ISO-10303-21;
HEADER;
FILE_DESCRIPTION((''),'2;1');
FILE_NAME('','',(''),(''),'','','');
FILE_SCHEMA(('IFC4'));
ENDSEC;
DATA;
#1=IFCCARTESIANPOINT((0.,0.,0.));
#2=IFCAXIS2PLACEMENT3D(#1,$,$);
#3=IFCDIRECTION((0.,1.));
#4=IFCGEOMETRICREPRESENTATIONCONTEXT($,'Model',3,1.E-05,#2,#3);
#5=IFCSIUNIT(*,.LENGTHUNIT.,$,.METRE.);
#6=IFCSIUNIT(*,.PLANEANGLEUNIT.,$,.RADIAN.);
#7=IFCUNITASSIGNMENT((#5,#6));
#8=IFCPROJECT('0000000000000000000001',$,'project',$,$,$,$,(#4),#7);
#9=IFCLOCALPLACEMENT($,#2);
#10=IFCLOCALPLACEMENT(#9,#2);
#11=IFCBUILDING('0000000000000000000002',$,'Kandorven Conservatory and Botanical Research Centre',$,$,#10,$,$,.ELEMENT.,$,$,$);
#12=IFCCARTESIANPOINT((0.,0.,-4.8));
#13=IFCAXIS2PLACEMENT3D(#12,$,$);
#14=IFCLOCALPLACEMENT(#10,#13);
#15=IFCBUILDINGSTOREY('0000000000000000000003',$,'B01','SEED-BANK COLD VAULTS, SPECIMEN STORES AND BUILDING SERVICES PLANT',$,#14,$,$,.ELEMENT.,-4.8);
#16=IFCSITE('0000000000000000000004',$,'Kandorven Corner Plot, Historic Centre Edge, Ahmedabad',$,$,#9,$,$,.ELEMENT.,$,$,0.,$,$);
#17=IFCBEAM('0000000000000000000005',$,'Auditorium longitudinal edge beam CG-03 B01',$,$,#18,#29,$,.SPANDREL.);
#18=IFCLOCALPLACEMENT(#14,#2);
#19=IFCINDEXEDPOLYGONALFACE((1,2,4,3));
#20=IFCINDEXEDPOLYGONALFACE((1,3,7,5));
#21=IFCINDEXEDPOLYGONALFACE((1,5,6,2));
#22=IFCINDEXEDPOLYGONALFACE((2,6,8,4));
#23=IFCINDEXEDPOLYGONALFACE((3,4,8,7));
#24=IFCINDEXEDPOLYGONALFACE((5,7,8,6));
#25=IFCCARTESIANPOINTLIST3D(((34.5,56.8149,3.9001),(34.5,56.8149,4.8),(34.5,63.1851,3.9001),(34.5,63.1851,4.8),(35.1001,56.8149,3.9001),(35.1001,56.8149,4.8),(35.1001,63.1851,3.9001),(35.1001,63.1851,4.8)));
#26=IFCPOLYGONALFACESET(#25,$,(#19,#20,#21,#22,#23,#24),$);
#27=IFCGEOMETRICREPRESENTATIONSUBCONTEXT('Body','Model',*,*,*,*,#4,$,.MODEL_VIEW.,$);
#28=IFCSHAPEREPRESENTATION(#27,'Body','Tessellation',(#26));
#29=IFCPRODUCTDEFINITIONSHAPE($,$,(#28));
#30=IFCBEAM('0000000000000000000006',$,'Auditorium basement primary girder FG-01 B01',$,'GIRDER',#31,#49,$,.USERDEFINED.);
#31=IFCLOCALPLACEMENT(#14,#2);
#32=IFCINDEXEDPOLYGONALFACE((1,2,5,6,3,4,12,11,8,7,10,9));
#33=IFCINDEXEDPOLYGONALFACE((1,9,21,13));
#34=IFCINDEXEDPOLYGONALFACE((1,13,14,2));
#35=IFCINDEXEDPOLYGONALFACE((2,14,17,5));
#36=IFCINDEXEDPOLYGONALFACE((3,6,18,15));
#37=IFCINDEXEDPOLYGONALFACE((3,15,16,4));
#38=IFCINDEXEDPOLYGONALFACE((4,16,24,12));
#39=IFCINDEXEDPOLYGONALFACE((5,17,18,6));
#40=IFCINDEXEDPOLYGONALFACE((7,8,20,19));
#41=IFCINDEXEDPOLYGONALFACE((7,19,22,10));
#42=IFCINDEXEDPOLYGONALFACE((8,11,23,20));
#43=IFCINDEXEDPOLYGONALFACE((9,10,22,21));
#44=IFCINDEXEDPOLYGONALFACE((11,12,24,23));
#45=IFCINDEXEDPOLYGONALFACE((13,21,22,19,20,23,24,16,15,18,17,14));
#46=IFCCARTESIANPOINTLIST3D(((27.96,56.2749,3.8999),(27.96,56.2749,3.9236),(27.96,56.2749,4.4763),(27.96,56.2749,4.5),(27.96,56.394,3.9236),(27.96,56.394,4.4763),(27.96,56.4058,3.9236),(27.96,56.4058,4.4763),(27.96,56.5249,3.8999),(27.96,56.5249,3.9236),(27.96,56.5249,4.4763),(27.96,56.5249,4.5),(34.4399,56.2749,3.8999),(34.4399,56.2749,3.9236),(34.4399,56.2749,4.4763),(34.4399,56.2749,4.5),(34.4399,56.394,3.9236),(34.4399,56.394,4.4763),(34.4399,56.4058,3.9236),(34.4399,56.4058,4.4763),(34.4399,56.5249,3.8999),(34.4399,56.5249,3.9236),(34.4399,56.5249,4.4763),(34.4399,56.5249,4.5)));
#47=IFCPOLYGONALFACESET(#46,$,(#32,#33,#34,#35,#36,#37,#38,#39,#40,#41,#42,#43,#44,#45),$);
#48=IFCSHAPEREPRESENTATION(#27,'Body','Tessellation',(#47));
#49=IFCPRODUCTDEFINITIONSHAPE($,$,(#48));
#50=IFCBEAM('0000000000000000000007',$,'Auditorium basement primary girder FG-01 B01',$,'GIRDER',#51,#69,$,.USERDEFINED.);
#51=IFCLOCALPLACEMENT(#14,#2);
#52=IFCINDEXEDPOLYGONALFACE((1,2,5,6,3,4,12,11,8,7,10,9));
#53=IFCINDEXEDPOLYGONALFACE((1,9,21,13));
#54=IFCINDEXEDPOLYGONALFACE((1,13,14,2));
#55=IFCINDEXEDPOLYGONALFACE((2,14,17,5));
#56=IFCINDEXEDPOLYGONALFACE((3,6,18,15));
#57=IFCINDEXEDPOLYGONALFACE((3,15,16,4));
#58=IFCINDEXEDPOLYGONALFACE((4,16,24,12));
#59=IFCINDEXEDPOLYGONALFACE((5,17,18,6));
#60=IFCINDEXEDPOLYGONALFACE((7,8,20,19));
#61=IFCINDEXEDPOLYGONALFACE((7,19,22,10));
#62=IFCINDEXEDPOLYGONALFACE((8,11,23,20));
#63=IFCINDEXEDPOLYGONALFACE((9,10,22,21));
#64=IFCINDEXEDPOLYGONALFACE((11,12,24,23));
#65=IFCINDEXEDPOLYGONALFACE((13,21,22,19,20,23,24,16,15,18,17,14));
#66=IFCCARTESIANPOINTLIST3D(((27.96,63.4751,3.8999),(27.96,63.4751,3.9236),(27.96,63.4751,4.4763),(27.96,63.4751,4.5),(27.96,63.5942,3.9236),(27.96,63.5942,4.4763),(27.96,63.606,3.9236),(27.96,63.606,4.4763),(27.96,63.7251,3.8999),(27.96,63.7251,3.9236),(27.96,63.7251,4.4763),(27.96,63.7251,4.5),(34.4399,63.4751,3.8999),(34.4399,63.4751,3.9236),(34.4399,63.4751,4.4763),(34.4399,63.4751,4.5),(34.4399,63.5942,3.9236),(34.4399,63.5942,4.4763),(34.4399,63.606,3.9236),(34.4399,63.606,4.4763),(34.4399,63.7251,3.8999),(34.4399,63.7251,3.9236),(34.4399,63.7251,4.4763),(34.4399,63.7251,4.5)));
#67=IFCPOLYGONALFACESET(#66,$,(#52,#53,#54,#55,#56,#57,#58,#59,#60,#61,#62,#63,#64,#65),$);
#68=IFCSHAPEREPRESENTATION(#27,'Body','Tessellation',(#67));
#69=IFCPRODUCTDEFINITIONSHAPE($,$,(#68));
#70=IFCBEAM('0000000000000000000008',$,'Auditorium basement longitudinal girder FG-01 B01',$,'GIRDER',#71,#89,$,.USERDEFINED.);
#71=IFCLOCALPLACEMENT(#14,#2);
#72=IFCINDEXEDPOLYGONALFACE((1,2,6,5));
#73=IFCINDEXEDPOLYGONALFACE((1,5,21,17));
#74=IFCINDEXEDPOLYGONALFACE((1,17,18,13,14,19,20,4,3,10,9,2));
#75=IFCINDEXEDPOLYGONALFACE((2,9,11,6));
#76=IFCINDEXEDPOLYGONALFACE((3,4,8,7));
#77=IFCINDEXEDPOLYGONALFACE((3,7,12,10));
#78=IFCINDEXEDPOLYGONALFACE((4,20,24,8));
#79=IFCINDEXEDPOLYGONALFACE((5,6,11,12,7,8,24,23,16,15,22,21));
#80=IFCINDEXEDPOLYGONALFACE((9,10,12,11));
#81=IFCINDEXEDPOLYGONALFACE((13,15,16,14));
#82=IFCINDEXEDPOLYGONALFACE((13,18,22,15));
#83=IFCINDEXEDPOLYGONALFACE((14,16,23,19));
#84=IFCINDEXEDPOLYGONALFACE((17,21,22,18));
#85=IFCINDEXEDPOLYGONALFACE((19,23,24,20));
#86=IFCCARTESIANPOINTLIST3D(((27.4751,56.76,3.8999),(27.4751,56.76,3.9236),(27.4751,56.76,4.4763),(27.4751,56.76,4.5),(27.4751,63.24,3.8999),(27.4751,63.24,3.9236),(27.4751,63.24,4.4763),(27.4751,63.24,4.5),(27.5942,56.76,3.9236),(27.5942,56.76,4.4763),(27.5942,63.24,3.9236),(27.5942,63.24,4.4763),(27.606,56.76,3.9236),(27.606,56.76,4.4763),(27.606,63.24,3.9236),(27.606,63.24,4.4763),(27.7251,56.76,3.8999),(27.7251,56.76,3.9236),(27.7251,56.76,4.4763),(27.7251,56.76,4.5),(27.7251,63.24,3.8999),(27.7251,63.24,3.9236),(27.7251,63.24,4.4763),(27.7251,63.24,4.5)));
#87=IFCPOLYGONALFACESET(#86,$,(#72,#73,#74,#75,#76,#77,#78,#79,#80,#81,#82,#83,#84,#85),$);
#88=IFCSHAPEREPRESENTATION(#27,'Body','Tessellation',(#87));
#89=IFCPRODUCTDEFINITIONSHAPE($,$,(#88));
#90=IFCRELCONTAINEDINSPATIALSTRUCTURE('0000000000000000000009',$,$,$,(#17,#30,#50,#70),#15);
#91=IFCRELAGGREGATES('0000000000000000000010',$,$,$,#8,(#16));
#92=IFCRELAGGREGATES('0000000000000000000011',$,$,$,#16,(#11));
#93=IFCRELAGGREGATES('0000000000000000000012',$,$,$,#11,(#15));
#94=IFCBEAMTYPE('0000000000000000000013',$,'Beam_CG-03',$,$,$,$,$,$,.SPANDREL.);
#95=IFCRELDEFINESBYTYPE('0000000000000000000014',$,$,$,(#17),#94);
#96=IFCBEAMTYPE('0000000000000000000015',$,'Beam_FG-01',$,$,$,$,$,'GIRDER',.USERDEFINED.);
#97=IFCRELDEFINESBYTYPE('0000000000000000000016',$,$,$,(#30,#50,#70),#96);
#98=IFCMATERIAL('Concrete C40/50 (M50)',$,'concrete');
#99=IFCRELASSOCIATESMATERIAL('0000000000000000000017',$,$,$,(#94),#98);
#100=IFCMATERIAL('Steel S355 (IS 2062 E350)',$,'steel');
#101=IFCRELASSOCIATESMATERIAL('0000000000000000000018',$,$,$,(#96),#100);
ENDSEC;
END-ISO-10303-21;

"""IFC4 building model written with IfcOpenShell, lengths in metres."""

from ifc_helpers import new_model, si_unit, direction, frame, origin, origin_2d, place, context, subcontext, project, spatial, rectangle, i_section, extrude, material, material_profile, profile_set, type_object, element, save


model = new_model("IFC4")

# Units and contexts
model_context = context("Model", 3, precision=1e-05, world=origin(), true_north=direction((0.0, 1.0)))
body_context = subcontext(model_context, "Body", "Model", "MODEL_VIEW")
ifc_project = project(units=[si_unit("LENGTHUNIT", "METRE"), si_unit("PLANEANGLEUNIT", "RADIAN")], contexts=[model_context])

# Site, building, storey
site_placement = place(None, origin())
site = spatial("IfcSite", under=ifc_project, at=site_placement, Name="Kandorven Corner Plot, Historic Centre Edge, Ahmedabad", CompositionType="ELEMENT", RefElevation=0.0)
building_placement = place(site_placement, origin())
building = spatial("IfcBuilding", under=site, at=building_placement, Name="Kandorven Conservatory and Botanical Research Centre", CompositionType="ELEMENT")
storey_placement = place(building_placement, frame((0.0, 0.0, -4.8)))
storey = spatial("IfcBuildingStorey", under=building, at=storey_placement, Name="B01", Description="SEED-BANK COLD VAULTS, SPECIMEN STORES AND BUILDING SERVICES PLANT", CompositionType="ELEMENT", Elevation=-4.8)

# Beams
ifc_material_1 = material(Name="Concrete C40/50 (M50)", Category="concrete")
ifc_material_profile_1 = material_profile(ifc_material_1, rectangle(XDim=0.6001, YDim=0.8999, at=origin_2d()))
ifc_profile_set_1 = profile_set([ifc_material_profile_1], Name="Concrete C40/50 (M50)")
beam_type_1 = type_object("IfcBeamType", Name="Beam_CG-03", PredefinedType="SPANDREL", material=ifc_profile_set_1)
beam_placement = place(storey_placement, frame((34.8, 56.8149, 4.3501), z_axis=(0.0, 1.0, 0.0), x_axis=(-1.0, 0.0, 0.0)))
element("IfcBeam", 1, at=beam_placement, inside=storey, type_object=beam_type_1, Name="Auditorium longitudinal edge beam CG-03 B01", PredefinedType="SPANDREL", context=body_context, shape_type="SweptSolid", body=[
    extrude(rectangle(XDim=0.6001, YDim=0.8999, at=origin_2d()), origin(), (0.0, 0.0, 1.0), 6.3701),
])
ifc_material_2 = material(Name="Steel S355 (IS 2062 E350)", Category="steel")
ifc_material_profile_2 = material_profile(ifc_material_2, i_section(OverallWidth=0.25, OverallDepth=0.6001, WebThickness=0.0117, FlangeThickness=0.0237, at=origin_2d()))
ifc_profile_set_2 = profile_set([ifc_material_profile_2], Name="Steel S355 (IS 2062 E350)")
beam_type_2 = type_object("IfcBeamType", Name="Beam_FG-01", ElementType="GIRDER", PredefinedType="USERDEFINED", material=ifc_profile_set_2)
for number, where, z_axis, x_axis, name in (
    (2, (27.96, 56.3999, 4.2), (1.0, 0.0, 0.0), (0.0, 1.0, 0.0), "Auditorium basement primary girder FG-01 B01"),
    (3, (27.96, 63.6001, 4.2), (1.0, 0.0, 0.0), (0.0, 1.0, 0.0), "Auditorium basement primary girder FG-01 B01"),
    (4, (27.6001, 56.76, 4.2), (0.0, 1.0, 0.0), (-1.0, 0.0, 0.0), "Auditorium basement longitudinal girder FG-01 B01"),
):
    element("IfcBeam", number, at=place(storey_placement, frame(where, z_axis=z_axis, x_axis=x_axis)), inside=storey, type_object=beam_type_2, Name=name, ObjectType="GIRDER", PredefinedType="USERDEFINED", context=body_context, shape_type="SweptSolid", body=[
        extrude(i_section(OverallWidth=0.25, OverallDepth=0.6001, WebThickness=0.0117, FlangeThickness=0.0237, at=origin_2d()), origin(), (0.0, 0.0, 1.0), 6.48),
    ])

save(model, "model.ifc")
